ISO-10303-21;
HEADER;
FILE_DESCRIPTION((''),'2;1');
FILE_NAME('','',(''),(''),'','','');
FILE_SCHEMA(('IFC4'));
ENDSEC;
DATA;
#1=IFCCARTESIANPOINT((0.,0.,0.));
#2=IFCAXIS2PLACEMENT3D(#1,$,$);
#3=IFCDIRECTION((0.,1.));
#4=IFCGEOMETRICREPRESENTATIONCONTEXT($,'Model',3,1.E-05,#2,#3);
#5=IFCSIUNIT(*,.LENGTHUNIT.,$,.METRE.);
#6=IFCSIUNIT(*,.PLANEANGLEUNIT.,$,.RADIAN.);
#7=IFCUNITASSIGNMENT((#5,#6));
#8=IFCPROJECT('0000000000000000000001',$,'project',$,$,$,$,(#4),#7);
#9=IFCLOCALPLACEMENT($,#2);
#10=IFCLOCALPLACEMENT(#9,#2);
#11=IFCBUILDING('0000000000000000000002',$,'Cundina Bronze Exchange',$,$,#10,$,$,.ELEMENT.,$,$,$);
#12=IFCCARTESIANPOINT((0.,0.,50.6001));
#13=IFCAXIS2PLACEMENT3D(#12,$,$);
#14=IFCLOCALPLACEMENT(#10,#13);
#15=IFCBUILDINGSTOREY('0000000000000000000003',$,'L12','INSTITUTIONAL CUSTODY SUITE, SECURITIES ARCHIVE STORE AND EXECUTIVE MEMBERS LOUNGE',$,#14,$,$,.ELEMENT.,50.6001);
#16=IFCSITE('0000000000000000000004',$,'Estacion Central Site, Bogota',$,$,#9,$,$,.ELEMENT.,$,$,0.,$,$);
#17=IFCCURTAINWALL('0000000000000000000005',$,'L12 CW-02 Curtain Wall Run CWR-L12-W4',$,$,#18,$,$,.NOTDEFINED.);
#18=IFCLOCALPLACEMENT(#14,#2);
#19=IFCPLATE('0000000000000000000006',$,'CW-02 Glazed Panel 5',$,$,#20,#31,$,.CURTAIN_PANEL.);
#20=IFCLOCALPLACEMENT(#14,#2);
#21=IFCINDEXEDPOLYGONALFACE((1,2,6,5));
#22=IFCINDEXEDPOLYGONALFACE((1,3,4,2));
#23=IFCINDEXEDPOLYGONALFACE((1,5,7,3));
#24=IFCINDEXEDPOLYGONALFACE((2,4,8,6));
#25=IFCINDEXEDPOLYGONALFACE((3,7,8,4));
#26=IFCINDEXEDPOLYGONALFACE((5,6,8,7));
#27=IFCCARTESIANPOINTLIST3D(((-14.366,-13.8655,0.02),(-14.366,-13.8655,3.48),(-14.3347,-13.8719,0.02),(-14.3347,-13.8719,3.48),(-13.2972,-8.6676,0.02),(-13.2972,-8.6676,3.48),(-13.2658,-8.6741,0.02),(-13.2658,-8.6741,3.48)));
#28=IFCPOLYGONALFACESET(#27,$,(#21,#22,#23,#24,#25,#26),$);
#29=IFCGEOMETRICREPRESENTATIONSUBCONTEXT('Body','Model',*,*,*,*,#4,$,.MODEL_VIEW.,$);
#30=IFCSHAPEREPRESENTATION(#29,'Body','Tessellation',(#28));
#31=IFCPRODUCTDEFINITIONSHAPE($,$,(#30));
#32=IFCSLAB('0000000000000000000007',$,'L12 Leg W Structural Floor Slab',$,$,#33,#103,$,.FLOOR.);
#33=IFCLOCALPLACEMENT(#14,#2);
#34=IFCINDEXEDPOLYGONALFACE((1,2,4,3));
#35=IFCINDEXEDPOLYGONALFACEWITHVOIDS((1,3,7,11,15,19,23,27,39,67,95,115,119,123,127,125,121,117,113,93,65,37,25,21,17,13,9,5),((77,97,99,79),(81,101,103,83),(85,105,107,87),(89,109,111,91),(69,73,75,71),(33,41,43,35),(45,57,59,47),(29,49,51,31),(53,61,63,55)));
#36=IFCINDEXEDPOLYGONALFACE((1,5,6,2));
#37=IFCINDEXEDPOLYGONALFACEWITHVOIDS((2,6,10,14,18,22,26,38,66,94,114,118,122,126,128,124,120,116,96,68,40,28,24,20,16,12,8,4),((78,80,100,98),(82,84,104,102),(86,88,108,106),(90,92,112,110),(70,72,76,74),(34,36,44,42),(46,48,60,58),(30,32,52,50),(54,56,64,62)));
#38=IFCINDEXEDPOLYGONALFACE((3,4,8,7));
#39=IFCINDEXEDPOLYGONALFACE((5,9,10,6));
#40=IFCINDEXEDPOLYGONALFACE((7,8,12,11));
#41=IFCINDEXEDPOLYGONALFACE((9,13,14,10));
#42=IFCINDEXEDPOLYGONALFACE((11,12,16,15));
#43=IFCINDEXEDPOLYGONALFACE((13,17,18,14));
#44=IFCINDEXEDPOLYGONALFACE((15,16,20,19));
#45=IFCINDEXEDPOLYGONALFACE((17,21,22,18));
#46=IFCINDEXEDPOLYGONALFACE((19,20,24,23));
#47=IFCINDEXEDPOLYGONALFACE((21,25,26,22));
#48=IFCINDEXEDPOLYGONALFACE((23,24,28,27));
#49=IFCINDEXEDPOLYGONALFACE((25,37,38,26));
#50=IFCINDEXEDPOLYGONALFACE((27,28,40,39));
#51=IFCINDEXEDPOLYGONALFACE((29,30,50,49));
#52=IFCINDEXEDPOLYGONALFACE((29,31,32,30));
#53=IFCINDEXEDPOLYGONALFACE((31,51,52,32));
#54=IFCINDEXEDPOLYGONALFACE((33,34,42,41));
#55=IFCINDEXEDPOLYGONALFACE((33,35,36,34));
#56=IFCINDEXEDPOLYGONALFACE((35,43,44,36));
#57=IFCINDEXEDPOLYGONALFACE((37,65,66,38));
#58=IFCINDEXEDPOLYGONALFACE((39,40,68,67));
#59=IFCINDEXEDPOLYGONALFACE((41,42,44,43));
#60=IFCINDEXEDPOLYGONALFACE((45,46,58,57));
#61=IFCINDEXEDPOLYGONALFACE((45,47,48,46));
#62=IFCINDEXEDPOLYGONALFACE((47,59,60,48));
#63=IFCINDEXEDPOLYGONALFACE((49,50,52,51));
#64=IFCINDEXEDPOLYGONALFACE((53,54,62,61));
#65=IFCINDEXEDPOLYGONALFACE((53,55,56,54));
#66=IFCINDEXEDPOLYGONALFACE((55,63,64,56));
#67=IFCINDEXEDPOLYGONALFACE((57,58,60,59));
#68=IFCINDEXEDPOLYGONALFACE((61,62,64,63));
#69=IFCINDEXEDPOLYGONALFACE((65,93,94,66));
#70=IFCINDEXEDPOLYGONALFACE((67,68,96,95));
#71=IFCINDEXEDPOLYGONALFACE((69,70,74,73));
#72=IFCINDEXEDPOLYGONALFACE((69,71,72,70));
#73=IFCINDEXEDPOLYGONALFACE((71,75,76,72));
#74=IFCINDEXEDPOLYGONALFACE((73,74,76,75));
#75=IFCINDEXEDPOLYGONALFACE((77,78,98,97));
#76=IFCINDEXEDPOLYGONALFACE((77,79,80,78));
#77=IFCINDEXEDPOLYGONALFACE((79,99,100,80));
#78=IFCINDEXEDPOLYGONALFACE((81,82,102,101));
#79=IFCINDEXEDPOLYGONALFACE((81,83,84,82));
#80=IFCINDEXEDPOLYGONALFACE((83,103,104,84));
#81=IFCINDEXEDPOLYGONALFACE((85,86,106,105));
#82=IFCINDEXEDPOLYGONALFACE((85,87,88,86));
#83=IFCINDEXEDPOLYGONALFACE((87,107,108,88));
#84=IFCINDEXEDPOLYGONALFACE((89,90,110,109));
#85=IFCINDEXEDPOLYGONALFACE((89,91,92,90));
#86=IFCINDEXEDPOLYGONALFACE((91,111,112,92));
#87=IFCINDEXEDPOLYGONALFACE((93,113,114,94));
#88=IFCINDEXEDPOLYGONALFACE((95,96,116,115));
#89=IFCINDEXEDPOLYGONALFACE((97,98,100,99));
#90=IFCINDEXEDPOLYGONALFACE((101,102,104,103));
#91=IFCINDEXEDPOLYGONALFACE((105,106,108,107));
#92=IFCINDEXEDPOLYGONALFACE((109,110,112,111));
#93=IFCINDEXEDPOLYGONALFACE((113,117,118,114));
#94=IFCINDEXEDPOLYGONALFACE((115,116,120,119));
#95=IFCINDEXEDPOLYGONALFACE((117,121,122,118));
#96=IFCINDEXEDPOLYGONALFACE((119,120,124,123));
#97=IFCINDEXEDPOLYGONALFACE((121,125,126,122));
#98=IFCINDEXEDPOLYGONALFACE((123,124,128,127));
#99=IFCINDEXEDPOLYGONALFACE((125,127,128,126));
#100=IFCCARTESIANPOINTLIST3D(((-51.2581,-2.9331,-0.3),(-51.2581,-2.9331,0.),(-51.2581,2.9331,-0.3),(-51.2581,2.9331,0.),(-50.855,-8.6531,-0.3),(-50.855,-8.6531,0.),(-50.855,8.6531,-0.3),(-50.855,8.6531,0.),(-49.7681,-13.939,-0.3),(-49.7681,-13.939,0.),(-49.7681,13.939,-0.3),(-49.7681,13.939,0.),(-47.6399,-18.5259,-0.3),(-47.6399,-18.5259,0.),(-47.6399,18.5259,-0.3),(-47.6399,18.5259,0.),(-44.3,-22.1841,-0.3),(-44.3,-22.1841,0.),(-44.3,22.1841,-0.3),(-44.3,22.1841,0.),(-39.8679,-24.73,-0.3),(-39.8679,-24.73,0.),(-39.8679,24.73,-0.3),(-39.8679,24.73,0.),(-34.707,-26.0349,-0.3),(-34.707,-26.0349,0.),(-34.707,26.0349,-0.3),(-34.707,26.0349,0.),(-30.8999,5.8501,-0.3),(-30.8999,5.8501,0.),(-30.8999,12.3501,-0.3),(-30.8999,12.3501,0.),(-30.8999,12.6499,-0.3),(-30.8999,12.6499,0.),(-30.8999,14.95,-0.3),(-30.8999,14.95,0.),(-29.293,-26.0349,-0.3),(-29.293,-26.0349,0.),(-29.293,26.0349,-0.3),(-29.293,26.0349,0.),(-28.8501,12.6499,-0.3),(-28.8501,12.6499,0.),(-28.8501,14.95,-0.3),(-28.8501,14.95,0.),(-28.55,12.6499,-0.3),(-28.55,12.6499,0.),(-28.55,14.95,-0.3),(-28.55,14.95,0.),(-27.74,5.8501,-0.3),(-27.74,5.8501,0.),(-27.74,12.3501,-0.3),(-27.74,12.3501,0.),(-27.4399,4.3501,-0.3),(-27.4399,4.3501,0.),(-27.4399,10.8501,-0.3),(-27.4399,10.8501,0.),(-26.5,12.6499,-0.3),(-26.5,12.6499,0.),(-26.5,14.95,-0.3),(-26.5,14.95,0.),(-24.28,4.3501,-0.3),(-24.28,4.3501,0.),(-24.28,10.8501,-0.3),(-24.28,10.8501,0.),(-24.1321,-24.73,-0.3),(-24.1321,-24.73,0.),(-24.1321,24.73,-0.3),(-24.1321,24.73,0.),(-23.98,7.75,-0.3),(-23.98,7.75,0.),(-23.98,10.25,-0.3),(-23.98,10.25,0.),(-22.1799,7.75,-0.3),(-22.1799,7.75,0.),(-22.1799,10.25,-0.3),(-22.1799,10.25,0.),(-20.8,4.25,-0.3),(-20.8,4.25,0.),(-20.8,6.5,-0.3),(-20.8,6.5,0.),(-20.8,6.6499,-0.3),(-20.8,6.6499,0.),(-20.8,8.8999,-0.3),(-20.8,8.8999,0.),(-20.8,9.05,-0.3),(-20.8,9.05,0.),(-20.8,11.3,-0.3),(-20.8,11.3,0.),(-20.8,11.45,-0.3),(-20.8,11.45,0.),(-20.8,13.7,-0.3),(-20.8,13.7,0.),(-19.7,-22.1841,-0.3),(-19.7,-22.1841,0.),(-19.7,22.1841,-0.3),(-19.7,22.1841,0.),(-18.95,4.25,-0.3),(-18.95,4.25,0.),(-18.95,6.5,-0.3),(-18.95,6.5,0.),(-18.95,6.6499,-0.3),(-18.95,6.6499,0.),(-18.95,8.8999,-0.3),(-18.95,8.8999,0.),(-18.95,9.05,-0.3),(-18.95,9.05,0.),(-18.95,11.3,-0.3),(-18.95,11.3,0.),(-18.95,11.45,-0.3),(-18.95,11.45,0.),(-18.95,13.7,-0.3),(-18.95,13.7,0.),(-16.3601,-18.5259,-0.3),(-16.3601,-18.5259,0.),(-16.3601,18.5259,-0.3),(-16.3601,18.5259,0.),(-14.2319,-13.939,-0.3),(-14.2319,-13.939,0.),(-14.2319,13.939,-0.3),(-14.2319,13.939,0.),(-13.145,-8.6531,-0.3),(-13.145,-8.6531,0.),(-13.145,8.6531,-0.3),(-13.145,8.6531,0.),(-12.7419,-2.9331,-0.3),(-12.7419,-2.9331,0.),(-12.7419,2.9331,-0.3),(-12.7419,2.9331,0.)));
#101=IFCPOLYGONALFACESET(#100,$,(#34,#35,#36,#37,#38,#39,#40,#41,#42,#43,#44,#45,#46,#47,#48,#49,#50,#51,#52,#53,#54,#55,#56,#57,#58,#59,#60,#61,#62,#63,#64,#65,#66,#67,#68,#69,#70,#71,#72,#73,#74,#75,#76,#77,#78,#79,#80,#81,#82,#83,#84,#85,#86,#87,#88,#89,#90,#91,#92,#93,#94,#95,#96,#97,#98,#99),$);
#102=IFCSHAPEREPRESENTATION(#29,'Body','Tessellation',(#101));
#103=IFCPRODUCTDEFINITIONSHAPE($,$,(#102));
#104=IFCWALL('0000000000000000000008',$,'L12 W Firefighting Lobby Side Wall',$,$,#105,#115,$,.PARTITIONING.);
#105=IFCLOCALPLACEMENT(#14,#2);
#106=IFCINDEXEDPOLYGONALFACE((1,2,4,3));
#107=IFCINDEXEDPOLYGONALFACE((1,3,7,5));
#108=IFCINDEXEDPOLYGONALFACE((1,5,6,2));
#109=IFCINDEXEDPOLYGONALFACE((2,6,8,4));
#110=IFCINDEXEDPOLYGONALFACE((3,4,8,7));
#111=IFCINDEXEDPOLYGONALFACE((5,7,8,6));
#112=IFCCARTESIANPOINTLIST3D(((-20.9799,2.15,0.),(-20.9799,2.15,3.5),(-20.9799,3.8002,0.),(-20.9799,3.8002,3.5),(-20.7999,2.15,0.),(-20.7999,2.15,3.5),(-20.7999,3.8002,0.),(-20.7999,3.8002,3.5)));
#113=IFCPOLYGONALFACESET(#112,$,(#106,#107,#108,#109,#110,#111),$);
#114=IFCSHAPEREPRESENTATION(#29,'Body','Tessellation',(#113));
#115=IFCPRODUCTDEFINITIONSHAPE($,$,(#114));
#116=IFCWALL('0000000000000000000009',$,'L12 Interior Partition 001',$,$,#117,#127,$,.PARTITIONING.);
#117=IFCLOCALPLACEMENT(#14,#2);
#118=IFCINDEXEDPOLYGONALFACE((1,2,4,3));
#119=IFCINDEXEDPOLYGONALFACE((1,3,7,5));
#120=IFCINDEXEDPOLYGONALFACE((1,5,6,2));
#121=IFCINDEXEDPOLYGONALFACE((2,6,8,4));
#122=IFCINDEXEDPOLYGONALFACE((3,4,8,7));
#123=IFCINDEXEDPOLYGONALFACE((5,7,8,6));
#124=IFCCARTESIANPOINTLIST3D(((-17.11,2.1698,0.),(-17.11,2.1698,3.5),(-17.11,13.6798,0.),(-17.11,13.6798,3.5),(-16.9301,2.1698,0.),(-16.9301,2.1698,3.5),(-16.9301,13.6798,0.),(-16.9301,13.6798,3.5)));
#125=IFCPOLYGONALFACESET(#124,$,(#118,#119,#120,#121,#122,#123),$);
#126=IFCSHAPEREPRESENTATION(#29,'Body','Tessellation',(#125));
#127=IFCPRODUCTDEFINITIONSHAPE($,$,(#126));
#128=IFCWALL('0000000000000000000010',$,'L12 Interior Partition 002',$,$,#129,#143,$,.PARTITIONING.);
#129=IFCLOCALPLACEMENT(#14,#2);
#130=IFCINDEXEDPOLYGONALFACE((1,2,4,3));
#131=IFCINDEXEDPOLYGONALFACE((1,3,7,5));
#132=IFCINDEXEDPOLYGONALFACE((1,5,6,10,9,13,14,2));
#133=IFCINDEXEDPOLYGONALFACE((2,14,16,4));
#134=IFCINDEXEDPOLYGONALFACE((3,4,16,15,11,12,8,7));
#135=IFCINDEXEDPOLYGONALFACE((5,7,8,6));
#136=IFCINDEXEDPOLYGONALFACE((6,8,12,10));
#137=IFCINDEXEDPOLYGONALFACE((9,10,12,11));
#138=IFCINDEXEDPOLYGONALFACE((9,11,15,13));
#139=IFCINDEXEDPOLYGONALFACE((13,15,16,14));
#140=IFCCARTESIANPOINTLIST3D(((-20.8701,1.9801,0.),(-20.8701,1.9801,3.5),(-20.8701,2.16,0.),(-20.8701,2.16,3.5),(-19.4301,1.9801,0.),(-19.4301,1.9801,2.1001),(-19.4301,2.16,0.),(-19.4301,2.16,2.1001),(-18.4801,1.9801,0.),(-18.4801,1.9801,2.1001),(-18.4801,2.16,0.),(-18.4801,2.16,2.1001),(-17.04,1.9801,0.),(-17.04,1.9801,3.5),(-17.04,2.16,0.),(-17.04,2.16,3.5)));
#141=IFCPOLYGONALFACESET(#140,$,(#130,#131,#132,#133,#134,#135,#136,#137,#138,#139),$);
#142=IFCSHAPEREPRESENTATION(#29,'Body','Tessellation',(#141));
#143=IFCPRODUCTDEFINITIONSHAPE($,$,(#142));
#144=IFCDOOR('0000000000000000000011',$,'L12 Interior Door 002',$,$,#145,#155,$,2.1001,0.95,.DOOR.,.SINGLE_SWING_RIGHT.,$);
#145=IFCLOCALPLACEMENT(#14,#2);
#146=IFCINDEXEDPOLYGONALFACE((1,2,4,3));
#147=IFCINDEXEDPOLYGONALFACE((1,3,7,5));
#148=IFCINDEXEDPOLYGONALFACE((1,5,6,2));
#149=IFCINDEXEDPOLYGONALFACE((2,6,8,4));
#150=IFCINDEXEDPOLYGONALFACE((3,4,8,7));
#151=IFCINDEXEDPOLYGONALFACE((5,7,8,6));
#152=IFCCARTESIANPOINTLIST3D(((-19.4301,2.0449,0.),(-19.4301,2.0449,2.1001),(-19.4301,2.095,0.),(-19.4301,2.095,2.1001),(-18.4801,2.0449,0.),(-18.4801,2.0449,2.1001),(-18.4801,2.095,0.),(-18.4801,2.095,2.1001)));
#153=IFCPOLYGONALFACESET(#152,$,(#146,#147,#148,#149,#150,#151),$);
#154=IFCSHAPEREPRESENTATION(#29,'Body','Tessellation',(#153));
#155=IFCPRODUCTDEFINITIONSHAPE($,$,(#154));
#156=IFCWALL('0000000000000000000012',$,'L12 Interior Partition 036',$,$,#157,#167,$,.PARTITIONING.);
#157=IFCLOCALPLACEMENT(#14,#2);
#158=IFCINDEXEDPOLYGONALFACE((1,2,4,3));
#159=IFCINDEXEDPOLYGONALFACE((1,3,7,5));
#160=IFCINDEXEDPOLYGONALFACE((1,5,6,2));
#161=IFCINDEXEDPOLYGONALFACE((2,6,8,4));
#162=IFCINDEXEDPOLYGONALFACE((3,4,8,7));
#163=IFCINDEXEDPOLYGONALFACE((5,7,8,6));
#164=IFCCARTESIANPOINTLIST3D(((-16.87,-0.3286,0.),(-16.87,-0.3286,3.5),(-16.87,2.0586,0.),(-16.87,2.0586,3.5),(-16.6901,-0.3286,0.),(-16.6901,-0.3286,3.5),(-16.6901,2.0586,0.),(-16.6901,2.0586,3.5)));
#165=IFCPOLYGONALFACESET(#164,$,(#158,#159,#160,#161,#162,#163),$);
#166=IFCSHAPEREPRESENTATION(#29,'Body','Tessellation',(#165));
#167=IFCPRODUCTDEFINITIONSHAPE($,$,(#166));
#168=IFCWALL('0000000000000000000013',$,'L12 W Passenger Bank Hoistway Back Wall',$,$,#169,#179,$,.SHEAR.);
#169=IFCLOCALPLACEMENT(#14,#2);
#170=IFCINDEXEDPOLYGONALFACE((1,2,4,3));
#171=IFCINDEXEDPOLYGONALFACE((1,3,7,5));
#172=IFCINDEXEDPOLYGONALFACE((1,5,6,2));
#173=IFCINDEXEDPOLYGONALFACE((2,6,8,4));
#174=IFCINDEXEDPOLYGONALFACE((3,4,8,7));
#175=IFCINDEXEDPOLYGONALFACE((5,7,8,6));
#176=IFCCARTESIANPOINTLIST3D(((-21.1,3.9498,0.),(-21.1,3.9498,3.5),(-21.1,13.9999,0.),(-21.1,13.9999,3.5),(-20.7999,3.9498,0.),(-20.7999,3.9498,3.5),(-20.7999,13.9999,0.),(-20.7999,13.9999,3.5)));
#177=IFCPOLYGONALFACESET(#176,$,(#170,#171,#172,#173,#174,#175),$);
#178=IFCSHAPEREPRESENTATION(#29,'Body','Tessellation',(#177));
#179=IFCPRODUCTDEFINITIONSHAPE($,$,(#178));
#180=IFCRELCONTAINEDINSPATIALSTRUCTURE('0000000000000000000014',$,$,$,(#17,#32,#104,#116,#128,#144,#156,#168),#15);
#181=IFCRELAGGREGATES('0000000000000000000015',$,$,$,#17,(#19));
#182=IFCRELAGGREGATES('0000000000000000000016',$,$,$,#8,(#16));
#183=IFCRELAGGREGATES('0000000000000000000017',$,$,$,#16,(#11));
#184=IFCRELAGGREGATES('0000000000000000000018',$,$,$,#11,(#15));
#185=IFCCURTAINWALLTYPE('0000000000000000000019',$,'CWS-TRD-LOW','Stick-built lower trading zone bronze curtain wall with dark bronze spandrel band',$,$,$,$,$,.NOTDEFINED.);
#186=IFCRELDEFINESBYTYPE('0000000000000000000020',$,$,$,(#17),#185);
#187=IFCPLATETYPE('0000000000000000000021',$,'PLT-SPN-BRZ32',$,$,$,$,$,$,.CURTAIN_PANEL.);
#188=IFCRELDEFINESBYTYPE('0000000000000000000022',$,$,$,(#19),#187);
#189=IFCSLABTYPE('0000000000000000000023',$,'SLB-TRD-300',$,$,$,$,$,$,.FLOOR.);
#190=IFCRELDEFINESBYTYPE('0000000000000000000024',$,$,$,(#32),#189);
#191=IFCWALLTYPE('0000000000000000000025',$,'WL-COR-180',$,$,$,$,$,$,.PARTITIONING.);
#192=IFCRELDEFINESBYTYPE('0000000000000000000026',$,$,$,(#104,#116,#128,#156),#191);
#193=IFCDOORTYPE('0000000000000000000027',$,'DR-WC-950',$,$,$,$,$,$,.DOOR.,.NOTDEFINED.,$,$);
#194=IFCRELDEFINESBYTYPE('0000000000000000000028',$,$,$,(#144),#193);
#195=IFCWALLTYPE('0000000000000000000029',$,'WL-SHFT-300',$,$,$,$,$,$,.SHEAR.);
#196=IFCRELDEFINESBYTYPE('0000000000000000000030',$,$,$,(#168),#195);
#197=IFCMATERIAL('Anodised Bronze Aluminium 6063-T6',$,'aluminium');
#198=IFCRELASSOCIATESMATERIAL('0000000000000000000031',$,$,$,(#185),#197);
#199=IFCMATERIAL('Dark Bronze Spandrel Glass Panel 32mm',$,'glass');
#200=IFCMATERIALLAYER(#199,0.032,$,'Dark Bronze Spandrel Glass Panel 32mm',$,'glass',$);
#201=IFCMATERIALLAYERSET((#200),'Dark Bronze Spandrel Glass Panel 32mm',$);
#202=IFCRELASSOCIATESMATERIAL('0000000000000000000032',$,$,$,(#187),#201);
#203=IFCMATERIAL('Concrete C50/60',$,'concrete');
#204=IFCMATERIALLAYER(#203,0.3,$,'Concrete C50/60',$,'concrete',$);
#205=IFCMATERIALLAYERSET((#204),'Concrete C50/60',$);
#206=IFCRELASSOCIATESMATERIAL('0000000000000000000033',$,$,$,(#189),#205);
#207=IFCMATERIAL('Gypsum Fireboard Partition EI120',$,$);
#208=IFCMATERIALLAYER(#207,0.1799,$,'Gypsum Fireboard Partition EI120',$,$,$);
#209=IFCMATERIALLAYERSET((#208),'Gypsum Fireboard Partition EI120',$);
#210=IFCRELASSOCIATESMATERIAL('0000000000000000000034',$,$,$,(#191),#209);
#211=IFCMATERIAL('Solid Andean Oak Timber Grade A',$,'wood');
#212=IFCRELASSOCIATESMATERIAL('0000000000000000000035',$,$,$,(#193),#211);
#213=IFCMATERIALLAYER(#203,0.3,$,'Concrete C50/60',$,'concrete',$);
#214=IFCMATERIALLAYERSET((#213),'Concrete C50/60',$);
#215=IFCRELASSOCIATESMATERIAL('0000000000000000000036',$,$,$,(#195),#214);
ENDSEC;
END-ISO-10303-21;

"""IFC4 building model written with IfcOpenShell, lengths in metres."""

from ifc_helpers import new_model, si_unit, direction, frame, frame_2d, origin, origin_2d, place, context, subcontext, project, spatial, polyline, rectangle, outline, extrude, material, layer, layer_set, type_object, element, fill, aggregate, save


model = new_model("IFC4")

# Units and contexts
model_context = context("Model", 3, precision=1e-05, world=origin(), true_north=direction((0.0, 1.0)))
body_context = subcontext(model_context, "Body", "Model", "MODEL_VIEW")
ifc_project = project(units=[si_unit("LENGTHUNIT", "METRE"), si_unit("PLANEANGLEUNIT", "RADIAN")], contexts=[model_context])

# Site, building, storey
site_placement = place(None, origin())
site = spatial("IfcSite", under=ifc_project, at=site_placement, Name="Estacion Central Site, Bogota", CompositionType="ELEMENT", RefElevation=0.0)
building_placement = place(site_placement, origin())
building = spatial("IfcBuilding", under=site, at=building_placement, Name="Cundina Bronze Exchange", CompositionType="ELEMENT")
storey_placement = place(building_placement, frame((0.0, 0.0, 50.6001)))
storey = spatial("IfcBuildingStorey", under=building, at=storey_placement, Name="L12", Description="INSTITUTIONAL CUSTODY SUITE, SECURITIES ARCHIVE STORE AND EXECUTIVE MEMBERS LOUNGE", CompositionType="ELEMENT", Elevation=50.6001)

# Shared definitions
ifc_material_1 = material(Name="Anodised Bronze Aluminium 6063-T6", Category="aluminium")
curtain_wall_type = type_object("IfcCurtainWallType", Name="CWS-TRD-LOW", Description="Stick-built lower trading zone bronze curtain wall with dark bronze spandrel band", PredefinedType="NOTDEFINED", material=ifc_material_1)

# Curtain wall
curtain_wall_1_placement = place(storey_placement, origin())
curtain_wall_1 = element("IfcCurtainWall", 1, at=curtain_wall_1_placement, inside=storey, type_object=curtain_wall_type, Name="L12 CW-02 Curtain Wall Run CWR-L12-W4", PredefinedType="NOTDEFINED")

# Plate
ifc_material_2 = material(Name="Dark Bronze Spandrel Glass Panel 32mm", Category="glass")
ifc_layer_1 = layer(ifc_material_2, 0.032, Name="Dark Bronze Spandrel Glass Panel 32mm", Category="glass")
ifc_layer_set_1 = layer_set([ifc_layer_1], Name="Dark Bronze Spandrel Glass Panel 32mm")
plate_type_1 = type_object("IfcPlateType", Name="PLT-SPN-BRZ32", PredefinedType="CURTAIN_PANEL", material=ifc_layer_set_1)
plate_1_placement = place(storey_placement, frame((-13.8159, -11.2698, 0.02), z_axis=(0.0, 0.0, 1.0), x_axis=(0.20142, 0.979505, 0.0)))
plate_1 = element("IfcPlate", 2, at=plate_1_placement, type_object=plate_type_1, Name="CW-02 Glazed Panel 5", PredefinedType="CURTAIN_PANEL", context=body_context, shape_type="SweptSolid", body=[
    extrude(rectangle(XDim=5.3066, YDim=0.032, at=origin_2d()), origin(), (0.0, 0.0, 1.0), 3.46),
])
aggregate(curtain_wall_1, [plate_1])

# Slab
ifc_material_3 = material(Name="Concrete C50/60", Category="concrete")
ifc_layer_2 = layer(ifc_material_3, 0.3, Name="Concrete C50/60", Category="concrete")
ifc_layer_set_2 = layer_set([ifc_layer_2], Name="Concrete C50/60")
slab_type = type_object("IfcSlabType", Name="SLB-TRD-300", PredefinedType="FLOOR", material=ifc_layer_set_2)
slab_placement = place(storey_placement, frame((0.0, 0.0, -0.3)))
element("IfcSlab", 3, at=slab_placement, inside=storey, type_object=slab_type, Name="L12 Leg W Structural Floor Slab", PredefinedType="FLOOR", context=body_context, shape_type="SweptSolid", body=[
    extrude(outline(polyline([(-12.7419, 2.9331), (-13.145, 8.6531), (-14.2319, 13.939), (-16.3601, 18.5259), (-19.7, 22.1841), (-24.1321, 24.73), (-29.293, 26.0349), (-34.707, 26.0349), (-39.8679, 24.73), (-44.3, 22.1841), (-47.6399, 18.5259), (-49.7681, 13.939), (-50.855, 8.6531), (-51.2581, 2.9331), (-51.2581, -2.9331), (-50.855, -8.6531), (-49.7681, -13.939), (-47.6399, -18.5259), (-44.3, -22.1841), (-39.8679, -24.73), (-34.707, -26.0349), (-29.293, -26.0349), (-24.1321, -24.73), (-19.7, -22.1841), (-16.3601, -18.5259), (-14.2319, -13.939), (-13.145, -8.6531), (-12.7419, -2.9331), (-12.7419, 2.9331)]), holes=[polyline([(-27.74, 5.8501), (-27.74, 12.3501), (-30.8999, 12.3501), (-30.8999, 5.8501), (-27.74, 5.8501)]), polyline([(-27.4399, 10.8501), (-27.4399, 4.3501), (-24.28, 4.3501), (-24.28, 10.8501), (-27.4399, 10.8501)]), polyline([(-23.98, 10.25), (-22.1799, 10.25), (-22.1799, 7.75), (-23.98, 7.75), (-23.98, 10.25)]), polyline([(-30.8999, 14.95), (-28.8501, 14.95), (-28.8501, 12.6499), (-30.8999, 12.6499), (-30.8999, 14.95)]), polyline([(-28.55, 14.95), (-26.5, 14.95), (-26.5, 12.6499), (-28.55, 12.6499), (-28.55, 14.95)]), polyline([(-20.8, 13.7), (-18.95, 13.7), (-18.95, 11.45), (-20.8, 11.45), (-20.8, 13.7)]), polyline([(-20.8, 11.3), (-18.95, 11.3), (-18.95, 9.05), (-20.8, 9.05), (-20.8, 11.3)]), polyline([(-20.8, 8.8999), (-18.95, 8.8999), (-18.95, 6.6499), (-20.8, 6.6499), (-20.8, 8.8999)]), polyline([(-20.8, 6.5), (-18.95, 6.5), (-18.95, 4.25), (-20.8, 4.25), (-20.8, 6.5)])]), origin(), (0.0, 0.0, 1.0), 0.3),
])

# Walls
ifc_material_4 = material(Name="Gypsum Fireboard Partition EI120")
ifc_layer_3 = layer(ifc_material_4, 0.1799, Name="Gypsum Fireboard Partition EI120")
ifc_layer_set_3 = layer_set([ifc_layer_3], Name="Gypsum Fireboard Partition EI120")
wall_type_1 = type_object("IfcWallType", Name="WL-COR-180", PredefinedType="PARTITIONING", material=ifc_layer_set_3)
wall_1_placement = place(storey_placement, frame((-20.8899, 2.1499, 0.0), z_axis=(0.0, 0.0, 1.0), x_axis=(0.0, 1.0, 0.0)))
element("IfcWall", 4, at=wall_1_placement, inside=storey, type_object=wall_type_1, Name="L12 W Firefighting Lobby Side Wall", PredefinedType="PARTITIONING", context=body_context, shape_type="SweptSolid", body=[
    extrude(rectangle(XDim=1.6501, YDim=0.1799, at=frame_2d((0.8252, 0.0))), origin(), (0.0, 0.0, 1.0), 3.5),
])
wall_2_placement = place(storey_placement, frame((-17.02, 2.1699, 0.0), z_axis=(0.0, 0.0, 1.0), x_axis=(0.0, 1.0, 0.0)))
element("IfcWall", 5, at=wall_2_placement, inside=storey, type_object=wall_type_1, Name="L12 Interior Partition 001", PredefinedType="PARTITIONING", context=body_context, shape_type="SweptSolid", body=[
    extrude(rectangle(XDim=11.51, YDim=0.1799, at=frame_2d((5.7549, 0.0))), origin(), (0.0, 0.0, 1.0), 3.5),
])

# Wall, opening, door
wall_3_placement = place(storey_placement, frame((-20.8701, 2.0701, 0.0), z_axis=(0.0, 0.0, 1.0), x_axis=(1.0, 0.0, 0.0)))
wall_3 = element("IfcWall", 6, at=wall_3_placement, inside=storey, type_object=wall_type_1, Name="L12 Interior Partition 002", PredefinedType="PARTITIONING", context=body_context, shape_type="SweptSolid", body=[
    extrude(rectangle(XDim=3.8301, YDim=0.1799, at=frame_2d((1.915, 0.0))), origin(), (0.0, 0.0, 1.0), 3.5),
])
opening_placement = place(wall_3_placement, frame((1.4399, 0.0, 0.0)))
opening = element("IfcOpeningElement", 7, at=opening_placement, cuts=wall_3, PredefinedType="OPENING", context=body_context, shape_type="SweptSolid", body=[
    extrude(rectangle(XDim=0.95, YDim=2.1001, at=frame_2d((0.4751, 1.05))), frame((0.0, 0.0999, 0.0), z_axis=(0.0, -1.0, 0.0), x_axis=(1.0, 0.0, 0.0)), (0.0, 0.0, 1.0), 0.2),
])
ifc_material_5 = material(Name="Solid Andean Oak Timber Grade A", Category="wood")
door_type = type_object("IfcDoorType", Name="DR-WC-950", OperationType="NOTDEFINED", PredefinedType="DOOR", material=ifc_material_5)
door_placement = place(opening_placement, origin())
door = element("IfcDoor", 8, at=door_placement, inside=storey, type_object=door_type, Name="L12 Interior Door 002", OperationType="SINGLE_SWING_RIGHT", OverallHeight=2.1001, OverallWidth=0.95, PredefinedType="DOOR", context=body_context, shape_type="SweptSolid", body=[
    extrude(rectangle(XDim=0.95, YDim=2.1001, at=frame_2d((0.4751, 1.05))), frame((0.0, 0.0249, 0.0), z_axis=(0.0, -1.0, 0.0), x_axis=(1.0, 0.0, 0.0)), (0.0, 0.0, 1.0), 0.05),
])
fill(opening, door)

# Walls
wall_4_placement = place(storey_placement, frame((-16.78, -0.3286, 0.0), z_axis=(0.0, 0.0, 1.0), x_axis=(0.0, 1.0, 0.0)))
element("IfcWall", 9, at=wall_4_placement, inside=storey, type_object=wall_type_1, Name="L12 Interior Partition 036", PredefinedType="PARTITIONING", context=body_context, shape_type="SweptSolid", body=[
    extrude(rectangle(XDim=2.3872, YDim=0.1799, at=frame_2d((1.1936, 0.0))), origin(), (0.0, 0.0, 1.0), 3.5),
])
ifc_layer_4 = layer(ifc_material_3, 0.3, Name="Concrete C50/60", Category="concrete")
ifc_layer_set_4 = layer_set([ifc_layer_4], Name="Concrete C50/60")
wall_type_2 = type_object("IfcWallType", Name="WL-SHFT-300", PredefinedType="SHEAR", material=ifc_layer_set_4)
wall_5_placement = place(storey_placement, frame((-20.95, 3.95, 0.0), z_axis=(0.0, 0.0, 1.0), x_axis=(0.0, 1.0, 0.0)))
element("IfcWall", 10, at=wall_5_placement, inside=storey, type_object=wall_type_2, Name="L12 W Passenger Bank Hoistway Back Wall", PredefinedType="SHEAR", context=body_context, shape_type="SweptSolid", body=[
    extrude(rectangle(XDim=10.05, YDim=0.3, at=frame_2d((5.0249, 0.0))), origin(), (0.0, 0.0, 1.0), 3.5),
])

save(model, "model.ifc")
